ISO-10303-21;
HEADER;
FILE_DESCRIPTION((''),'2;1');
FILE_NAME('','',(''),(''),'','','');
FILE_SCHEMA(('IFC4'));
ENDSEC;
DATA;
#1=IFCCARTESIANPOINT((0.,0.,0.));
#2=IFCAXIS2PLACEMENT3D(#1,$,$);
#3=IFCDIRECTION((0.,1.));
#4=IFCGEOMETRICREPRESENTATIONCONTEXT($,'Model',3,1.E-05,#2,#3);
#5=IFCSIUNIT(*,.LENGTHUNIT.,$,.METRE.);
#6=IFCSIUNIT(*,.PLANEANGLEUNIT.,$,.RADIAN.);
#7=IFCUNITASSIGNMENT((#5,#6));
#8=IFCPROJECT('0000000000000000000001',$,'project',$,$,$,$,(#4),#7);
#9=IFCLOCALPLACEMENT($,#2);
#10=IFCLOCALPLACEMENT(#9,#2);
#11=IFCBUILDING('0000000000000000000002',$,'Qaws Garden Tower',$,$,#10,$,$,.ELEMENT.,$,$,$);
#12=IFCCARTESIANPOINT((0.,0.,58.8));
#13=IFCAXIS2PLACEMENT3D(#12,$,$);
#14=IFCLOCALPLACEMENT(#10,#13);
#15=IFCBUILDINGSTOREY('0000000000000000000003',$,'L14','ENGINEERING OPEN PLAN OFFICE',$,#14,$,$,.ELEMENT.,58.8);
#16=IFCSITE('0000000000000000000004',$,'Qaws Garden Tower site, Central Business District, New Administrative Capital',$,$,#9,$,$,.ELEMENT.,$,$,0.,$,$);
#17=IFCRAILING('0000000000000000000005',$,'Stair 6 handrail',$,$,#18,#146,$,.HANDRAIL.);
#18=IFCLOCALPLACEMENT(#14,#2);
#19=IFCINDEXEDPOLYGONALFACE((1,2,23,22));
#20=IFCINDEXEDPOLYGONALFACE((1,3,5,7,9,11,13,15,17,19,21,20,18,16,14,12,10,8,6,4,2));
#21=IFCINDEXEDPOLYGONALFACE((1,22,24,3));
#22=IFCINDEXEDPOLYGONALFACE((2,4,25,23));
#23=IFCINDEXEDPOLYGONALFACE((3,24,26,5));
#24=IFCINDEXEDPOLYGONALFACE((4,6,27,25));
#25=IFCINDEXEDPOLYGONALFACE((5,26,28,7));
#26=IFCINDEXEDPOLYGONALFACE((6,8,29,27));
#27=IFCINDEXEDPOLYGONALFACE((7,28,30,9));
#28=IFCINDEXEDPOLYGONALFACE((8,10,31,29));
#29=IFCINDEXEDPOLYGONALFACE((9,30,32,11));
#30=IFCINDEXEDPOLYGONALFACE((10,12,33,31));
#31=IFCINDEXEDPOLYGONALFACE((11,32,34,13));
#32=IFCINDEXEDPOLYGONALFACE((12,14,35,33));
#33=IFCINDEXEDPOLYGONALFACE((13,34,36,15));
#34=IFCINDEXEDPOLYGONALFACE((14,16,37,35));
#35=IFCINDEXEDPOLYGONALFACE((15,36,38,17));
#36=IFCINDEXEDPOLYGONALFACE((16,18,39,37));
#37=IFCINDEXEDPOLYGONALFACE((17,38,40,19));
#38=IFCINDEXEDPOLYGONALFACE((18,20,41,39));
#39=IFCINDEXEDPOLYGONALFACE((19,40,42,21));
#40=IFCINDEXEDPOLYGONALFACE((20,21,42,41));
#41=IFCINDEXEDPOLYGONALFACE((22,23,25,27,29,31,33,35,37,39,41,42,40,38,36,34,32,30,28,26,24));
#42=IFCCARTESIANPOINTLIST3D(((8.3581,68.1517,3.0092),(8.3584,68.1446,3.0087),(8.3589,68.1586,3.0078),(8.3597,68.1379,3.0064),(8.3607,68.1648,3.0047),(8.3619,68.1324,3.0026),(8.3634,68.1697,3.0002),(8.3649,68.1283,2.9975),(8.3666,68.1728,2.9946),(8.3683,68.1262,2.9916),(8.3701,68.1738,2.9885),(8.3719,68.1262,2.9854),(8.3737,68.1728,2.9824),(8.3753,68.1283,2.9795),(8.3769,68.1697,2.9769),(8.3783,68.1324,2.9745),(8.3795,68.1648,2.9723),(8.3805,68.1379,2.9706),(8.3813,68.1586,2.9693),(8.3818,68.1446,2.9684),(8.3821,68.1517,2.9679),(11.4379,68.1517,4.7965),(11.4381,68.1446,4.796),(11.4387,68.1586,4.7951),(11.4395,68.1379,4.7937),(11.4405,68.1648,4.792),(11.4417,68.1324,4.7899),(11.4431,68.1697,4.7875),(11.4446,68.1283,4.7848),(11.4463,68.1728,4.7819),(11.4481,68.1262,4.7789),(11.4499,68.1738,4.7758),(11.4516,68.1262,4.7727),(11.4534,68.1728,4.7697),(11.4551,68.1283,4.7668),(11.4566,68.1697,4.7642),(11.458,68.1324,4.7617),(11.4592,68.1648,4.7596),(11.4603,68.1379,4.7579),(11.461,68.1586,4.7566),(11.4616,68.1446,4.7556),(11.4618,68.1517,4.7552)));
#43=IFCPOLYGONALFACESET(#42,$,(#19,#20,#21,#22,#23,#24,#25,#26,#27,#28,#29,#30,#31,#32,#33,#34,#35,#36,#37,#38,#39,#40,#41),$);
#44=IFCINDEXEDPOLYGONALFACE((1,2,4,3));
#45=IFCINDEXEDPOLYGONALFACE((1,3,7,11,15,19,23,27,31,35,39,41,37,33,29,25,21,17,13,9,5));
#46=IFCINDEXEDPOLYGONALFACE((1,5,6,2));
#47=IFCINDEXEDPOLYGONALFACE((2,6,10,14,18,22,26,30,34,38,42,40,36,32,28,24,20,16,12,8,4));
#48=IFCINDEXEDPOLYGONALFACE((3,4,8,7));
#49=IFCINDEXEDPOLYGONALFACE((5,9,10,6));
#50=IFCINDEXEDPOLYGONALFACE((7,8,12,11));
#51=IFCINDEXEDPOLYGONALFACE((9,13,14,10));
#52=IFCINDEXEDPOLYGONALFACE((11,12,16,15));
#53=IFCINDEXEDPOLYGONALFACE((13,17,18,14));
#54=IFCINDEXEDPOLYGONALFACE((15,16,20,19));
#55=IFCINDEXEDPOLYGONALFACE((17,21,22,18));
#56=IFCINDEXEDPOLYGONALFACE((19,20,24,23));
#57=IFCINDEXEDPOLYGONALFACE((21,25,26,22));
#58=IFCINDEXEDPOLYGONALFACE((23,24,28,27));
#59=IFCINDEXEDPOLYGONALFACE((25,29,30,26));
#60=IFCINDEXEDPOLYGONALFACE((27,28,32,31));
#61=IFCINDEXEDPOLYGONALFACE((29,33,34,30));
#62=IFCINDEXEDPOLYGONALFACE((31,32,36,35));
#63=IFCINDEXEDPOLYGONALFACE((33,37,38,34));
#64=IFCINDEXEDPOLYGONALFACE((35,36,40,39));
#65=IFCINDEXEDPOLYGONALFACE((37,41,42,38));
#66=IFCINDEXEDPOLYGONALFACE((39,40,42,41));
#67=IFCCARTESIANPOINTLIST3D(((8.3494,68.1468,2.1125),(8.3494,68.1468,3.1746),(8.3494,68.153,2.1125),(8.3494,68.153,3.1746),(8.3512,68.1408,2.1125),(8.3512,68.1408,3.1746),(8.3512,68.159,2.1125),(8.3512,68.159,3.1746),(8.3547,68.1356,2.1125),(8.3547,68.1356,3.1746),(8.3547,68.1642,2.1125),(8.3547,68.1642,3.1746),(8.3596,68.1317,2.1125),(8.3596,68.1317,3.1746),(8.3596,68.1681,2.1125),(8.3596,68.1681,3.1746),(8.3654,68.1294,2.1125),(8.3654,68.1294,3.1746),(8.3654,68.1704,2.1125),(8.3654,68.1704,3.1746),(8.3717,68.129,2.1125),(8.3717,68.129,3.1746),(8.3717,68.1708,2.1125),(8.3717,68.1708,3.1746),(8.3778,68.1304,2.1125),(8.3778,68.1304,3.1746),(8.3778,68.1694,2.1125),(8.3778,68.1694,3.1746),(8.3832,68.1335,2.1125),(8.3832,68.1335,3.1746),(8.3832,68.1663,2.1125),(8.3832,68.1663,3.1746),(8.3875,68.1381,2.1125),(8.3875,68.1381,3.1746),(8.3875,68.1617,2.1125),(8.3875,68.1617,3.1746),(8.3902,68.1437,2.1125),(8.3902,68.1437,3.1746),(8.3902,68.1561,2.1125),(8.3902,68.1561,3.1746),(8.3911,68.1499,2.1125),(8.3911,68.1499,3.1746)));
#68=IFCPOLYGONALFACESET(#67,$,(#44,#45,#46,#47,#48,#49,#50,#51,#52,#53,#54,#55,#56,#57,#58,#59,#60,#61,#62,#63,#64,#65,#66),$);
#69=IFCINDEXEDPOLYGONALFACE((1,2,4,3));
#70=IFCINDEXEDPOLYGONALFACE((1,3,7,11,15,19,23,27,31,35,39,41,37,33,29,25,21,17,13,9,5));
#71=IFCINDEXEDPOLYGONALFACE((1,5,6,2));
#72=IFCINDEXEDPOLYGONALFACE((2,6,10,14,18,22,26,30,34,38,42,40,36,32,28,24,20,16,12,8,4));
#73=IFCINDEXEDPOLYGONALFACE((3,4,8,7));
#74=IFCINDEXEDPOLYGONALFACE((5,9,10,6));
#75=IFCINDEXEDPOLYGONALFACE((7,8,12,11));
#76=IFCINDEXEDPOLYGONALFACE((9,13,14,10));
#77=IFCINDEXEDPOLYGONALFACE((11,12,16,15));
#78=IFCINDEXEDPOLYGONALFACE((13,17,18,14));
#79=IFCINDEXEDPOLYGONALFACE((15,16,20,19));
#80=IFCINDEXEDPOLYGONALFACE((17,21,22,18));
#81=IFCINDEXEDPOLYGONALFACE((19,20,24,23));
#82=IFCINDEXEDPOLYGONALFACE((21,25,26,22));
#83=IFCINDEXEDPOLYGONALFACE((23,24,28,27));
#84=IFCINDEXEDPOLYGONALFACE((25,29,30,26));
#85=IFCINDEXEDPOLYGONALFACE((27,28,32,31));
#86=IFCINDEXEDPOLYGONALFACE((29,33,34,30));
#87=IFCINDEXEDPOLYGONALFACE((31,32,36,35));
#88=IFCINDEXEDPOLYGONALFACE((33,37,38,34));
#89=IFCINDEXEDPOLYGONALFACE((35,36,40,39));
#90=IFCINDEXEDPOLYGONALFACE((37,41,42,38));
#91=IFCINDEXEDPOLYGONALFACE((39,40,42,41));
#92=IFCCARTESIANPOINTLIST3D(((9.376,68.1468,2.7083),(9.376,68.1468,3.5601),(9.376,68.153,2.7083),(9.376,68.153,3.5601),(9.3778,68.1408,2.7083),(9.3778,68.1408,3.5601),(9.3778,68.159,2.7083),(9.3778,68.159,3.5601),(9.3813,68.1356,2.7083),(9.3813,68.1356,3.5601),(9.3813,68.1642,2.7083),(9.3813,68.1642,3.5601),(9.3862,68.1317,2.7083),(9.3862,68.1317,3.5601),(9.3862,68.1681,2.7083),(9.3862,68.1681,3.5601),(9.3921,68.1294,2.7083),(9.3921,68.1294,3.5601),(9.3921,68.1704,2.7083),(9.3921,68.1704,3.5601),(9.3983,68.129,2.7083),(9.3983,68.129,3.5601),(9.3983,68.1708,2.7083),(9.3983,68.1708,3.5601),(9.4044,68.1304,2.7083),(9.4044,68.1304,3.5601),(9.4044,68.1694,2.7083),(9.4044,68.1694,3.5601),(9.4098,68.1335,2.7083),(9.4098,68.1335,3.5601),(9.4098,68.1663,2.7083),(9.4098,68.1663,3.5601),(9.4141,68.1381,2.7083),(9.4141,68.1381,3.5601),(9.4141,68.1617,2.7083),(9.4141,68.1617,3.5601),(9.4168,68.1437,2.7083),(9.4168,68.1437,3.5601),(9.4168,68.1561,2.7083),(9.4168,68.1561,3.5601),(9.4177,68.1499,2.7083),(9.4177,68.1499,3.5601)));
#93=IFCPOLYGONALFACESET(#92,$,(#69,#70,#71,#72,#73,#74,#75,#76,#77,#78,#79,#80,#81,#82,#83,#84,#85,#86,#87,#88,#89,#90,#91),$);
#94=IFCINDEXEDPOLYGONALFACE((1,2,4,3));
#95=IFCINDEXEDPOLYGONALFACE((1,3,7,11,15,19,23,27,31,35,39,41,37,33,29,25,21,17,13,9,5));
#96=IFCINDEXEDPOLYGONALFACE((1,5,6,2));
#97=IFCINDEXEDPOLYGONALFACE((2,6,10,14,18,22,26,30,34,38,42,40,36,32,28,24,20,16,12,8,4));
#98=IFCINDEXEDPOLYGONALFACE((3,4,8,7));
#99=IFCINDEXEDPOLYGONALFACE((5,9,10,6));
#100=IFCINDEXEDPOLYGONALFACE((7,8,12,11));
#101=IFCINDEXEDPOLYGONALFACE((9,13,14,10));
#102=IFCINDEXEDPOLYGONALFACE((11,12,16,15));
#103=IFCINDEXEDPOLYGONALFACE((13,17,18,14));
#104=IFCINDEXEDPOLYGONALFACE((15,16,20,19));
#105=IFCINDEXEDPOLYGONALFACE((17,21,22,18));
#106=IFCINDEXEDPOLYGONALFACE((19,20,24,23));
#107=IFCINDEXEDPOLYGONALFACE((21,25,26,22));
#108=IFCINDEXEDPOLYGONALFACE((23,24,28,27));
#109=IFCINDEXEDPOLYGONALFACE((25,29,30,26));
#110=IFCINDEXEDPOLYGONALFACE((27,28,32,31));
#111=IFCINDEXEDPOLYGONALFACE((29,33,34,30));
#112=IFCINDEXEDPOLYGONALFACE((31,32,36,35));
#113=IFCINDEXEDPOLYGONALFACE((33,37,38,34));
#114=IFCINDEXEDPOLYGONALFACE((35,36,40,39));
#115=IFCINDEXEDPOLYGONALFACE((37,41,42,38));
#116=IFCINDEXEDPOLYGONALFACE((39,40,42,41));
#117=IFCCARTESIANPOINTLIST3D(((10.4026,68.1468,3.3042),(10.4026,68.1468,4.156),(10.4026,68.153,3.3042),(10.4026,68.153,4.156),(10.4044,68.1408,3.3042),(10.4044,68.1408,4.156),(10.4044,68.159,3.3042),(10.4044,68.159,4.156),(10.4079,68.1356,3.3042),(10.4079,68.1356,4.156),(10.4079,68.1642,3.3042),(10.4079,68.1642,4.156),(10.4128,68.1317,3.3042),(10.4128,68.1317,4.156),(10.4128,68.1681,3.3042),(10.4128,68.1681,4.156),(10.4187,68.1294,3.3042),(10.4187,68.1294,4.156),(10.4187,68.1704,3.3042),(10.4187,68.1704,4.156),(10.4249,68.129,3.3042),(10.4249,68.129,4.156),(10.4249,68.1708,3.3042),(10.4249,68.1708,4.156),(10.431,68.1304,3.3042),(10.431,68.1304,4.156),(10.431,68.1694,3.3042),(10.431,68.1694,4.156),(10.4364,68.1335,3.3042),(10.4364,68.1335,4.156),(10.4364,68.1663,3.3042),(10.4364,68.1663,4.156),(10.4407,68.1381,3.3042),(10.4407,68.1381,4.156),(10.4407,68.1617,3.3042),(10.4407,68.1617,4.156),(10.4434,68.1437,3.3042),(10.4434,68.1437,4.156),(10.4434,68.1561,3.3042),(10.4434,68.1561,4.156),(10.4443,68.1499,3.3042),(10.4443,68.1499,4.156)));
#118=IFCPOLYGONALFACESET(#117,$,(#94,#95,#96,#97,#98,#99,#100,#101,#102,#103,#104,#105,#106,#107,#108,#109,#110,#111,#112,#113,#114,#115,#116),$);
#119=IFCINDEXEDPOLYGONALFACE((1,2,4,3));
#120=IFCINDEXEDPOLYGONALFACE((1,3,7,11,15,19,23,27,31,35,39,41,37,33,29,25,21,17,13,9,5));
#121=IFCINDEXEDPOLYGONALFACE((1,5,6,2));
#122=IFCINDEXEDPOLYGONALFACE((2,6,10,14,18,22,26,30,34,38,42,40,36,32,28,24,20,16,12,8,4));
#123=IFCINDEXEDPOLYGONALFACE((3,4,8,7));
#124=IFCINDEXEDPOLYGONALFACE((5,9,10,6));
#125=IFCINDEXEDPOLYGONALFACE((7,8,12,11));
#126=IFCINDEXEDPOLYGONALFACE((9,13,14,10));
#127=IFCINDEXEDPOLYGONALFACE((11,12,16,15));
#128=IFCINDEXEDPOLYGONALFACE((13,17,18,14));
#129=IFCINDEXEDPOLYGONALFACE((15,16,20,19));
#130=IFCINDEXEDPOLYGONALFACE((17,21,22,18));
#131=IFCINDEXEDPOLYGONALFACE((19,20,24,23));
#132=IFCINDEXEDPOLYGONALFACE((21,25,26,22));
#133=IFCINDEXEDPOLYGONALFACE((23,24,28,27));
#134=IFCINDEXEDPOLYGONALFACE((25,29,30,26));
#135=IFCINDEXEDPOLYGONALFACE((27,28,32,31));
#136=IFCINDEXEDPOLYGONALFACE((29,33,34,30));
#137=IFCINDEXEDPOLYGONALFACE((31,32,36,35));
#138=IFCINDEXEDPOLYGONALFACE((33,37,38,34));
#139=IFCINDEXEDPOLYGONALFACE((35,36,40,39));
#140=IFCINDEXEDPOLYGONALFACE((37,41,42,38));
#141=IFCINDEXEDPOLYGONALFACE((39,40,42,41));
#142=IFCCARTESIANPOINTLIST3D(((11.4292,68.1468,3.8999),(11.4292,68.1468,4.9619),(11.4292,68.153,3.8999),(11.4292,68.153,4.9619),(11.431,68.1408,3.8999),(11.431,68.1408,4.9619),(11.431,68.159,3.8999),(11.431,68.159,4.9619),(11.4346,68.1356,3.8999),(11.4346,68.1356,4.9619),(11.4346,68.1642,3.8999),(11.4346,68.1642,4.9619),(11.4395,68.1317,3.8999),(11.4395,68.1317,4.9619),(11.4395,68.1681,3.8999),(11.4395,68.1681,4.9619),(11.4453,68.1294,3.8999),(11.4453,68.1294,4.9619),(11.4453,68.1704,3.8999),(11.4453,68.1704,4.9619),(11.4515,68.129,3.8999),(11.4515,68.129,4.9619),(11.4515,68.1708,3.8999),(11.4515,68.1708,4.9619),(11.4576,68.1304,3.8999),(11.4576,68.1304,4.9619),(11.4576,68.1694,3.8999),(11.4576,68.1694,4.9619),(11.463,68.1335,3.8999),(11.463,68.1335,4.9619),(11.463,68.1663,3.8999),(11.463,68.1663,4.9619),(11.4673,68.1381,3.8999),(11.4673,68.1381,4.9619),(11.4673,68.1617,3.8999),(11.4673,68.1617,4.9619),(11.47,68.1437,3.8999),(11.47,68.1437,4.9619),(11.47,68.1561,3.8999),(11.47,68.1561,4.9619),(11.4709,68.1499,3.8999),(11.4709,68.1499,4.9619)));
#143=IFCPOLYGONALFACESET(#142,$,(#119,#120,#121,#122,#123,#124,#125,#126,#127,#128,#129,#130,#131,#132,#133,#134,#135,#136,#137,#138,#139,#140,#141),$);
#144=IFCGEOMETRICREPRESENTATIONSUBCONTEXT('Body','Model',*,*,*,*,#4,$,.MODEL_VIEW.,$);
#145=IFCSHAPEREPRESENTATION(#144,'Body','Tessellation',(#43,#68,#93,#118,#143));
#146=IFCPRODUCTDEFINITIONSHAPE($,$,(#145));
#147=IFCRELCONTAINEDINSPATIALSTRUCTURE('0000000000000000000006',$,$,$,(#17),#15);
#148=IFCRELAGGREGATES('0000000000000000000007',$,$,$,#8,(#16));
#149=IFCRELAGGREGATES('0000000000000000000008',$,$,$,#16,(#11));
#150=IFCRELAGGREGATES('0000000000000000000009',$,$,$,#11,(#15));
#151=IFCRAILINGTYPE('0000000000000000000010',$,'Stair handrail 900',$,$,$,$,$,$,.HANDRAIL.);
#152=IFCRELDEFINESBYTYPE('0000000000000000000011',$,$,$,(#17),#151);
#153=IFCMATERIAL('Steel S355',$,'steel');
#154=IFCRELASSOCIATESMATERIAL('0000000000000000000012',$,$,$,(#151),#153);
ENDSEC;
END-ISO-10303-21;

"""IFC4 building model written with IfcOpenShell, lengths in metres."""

from ifc_helpers import new_model, si_unit, direction, frame, origin, origin_2d, place, context, subcontext, project, spatial, circle, extrude, material, type_object, element, save


model = new_model("IFC4")

# Units and contexts
model_context = context("Model", 3, precision=1e-05, world=origin(), true_north=direction((0.0, 1.0)))
body_context = subcontext(model_context, "Body", "Model", "MODEL_VIEW")
ifc_project = project(units=[si_unit("LENGTHUNIT", "METRE"), si_unit("PLANEANGLEUNIT", "RADIAN")], contexts=[model_context])

# Site, building, storey
site_placement = place(None, origin())
site = spatial("IfcSite", under=ifc_project, at=site_placement, Name="Qaws Garden Tower site, Central Business District, New Administrative Capital", CompositionType="ELEMENT", RefElevation=0.0)
building_placement = place(site_placement, origin())
building = spatial("IfcBuilding", under=site, at=building_placement, Name="Qaws Garden Tower", CompositionType="ELEMENT")
storey_placement = place(building_placement, frame((0.0, 0.0, 58.8)))
storey = spatial("IfcBuildingStorey", under=building, at=storey_placement, Name="L14", Description="ENGINEERING OPEN PLAN OFFICE", CompositionType="ELEMENT", Elevation=58.8)

# Railing
ifc_material_1 = material(Name="Steel S355", Category="steel")
railing_type = type_object("IfcRailingType", Name="Stair handrail 900", PredefinedType="HANDRAIL", material=ifc_material_1)
railing_1_placement = place(storey_placement, frame((8.3701, 68.1499, 2.1125)))
element("IfcRailing", 1, at=railing_1_placement, inside=storey, type_object=railing_type, Name="Stair 6 handrail", PredefinedType="HANDRAIL", context=body_context, shape_type="SweptSolid", body=[
    extrude(circle(Radius=0.0239, at=origin_2d()), frame((0.0, 0.0, 0.876), z_axis=(0.864903, 0.0, 0.501939), x_axis=(0.0, 1.0, 0.0)), (0.0, 0.0, 1.0), 3.5608),
    extrude(circle(Radius=0.021, at=origin_2d()), origin(), (0.0, 0.0, 1.0), 1.062),
    extrude(circle(Radius=0.021, at=origin_2d()), frame((1.0266, 0.0, 0.5957)), (0.0, 0.0, 1.0), 0.8518),
    extrude(circle(Radius=0.021, at=origin_2d()), frame((2.0532, 0.0, 1.1917)), (0.0, 0.0, 1.0), 0.8518),
    extrude(circle(Radius=0.021, at=origin_2d()), frame((3.0798, 0.0, 1.7874)), (0.0, 0.0, 1.0), 1.062),
])

save(model, "model.ifc")
